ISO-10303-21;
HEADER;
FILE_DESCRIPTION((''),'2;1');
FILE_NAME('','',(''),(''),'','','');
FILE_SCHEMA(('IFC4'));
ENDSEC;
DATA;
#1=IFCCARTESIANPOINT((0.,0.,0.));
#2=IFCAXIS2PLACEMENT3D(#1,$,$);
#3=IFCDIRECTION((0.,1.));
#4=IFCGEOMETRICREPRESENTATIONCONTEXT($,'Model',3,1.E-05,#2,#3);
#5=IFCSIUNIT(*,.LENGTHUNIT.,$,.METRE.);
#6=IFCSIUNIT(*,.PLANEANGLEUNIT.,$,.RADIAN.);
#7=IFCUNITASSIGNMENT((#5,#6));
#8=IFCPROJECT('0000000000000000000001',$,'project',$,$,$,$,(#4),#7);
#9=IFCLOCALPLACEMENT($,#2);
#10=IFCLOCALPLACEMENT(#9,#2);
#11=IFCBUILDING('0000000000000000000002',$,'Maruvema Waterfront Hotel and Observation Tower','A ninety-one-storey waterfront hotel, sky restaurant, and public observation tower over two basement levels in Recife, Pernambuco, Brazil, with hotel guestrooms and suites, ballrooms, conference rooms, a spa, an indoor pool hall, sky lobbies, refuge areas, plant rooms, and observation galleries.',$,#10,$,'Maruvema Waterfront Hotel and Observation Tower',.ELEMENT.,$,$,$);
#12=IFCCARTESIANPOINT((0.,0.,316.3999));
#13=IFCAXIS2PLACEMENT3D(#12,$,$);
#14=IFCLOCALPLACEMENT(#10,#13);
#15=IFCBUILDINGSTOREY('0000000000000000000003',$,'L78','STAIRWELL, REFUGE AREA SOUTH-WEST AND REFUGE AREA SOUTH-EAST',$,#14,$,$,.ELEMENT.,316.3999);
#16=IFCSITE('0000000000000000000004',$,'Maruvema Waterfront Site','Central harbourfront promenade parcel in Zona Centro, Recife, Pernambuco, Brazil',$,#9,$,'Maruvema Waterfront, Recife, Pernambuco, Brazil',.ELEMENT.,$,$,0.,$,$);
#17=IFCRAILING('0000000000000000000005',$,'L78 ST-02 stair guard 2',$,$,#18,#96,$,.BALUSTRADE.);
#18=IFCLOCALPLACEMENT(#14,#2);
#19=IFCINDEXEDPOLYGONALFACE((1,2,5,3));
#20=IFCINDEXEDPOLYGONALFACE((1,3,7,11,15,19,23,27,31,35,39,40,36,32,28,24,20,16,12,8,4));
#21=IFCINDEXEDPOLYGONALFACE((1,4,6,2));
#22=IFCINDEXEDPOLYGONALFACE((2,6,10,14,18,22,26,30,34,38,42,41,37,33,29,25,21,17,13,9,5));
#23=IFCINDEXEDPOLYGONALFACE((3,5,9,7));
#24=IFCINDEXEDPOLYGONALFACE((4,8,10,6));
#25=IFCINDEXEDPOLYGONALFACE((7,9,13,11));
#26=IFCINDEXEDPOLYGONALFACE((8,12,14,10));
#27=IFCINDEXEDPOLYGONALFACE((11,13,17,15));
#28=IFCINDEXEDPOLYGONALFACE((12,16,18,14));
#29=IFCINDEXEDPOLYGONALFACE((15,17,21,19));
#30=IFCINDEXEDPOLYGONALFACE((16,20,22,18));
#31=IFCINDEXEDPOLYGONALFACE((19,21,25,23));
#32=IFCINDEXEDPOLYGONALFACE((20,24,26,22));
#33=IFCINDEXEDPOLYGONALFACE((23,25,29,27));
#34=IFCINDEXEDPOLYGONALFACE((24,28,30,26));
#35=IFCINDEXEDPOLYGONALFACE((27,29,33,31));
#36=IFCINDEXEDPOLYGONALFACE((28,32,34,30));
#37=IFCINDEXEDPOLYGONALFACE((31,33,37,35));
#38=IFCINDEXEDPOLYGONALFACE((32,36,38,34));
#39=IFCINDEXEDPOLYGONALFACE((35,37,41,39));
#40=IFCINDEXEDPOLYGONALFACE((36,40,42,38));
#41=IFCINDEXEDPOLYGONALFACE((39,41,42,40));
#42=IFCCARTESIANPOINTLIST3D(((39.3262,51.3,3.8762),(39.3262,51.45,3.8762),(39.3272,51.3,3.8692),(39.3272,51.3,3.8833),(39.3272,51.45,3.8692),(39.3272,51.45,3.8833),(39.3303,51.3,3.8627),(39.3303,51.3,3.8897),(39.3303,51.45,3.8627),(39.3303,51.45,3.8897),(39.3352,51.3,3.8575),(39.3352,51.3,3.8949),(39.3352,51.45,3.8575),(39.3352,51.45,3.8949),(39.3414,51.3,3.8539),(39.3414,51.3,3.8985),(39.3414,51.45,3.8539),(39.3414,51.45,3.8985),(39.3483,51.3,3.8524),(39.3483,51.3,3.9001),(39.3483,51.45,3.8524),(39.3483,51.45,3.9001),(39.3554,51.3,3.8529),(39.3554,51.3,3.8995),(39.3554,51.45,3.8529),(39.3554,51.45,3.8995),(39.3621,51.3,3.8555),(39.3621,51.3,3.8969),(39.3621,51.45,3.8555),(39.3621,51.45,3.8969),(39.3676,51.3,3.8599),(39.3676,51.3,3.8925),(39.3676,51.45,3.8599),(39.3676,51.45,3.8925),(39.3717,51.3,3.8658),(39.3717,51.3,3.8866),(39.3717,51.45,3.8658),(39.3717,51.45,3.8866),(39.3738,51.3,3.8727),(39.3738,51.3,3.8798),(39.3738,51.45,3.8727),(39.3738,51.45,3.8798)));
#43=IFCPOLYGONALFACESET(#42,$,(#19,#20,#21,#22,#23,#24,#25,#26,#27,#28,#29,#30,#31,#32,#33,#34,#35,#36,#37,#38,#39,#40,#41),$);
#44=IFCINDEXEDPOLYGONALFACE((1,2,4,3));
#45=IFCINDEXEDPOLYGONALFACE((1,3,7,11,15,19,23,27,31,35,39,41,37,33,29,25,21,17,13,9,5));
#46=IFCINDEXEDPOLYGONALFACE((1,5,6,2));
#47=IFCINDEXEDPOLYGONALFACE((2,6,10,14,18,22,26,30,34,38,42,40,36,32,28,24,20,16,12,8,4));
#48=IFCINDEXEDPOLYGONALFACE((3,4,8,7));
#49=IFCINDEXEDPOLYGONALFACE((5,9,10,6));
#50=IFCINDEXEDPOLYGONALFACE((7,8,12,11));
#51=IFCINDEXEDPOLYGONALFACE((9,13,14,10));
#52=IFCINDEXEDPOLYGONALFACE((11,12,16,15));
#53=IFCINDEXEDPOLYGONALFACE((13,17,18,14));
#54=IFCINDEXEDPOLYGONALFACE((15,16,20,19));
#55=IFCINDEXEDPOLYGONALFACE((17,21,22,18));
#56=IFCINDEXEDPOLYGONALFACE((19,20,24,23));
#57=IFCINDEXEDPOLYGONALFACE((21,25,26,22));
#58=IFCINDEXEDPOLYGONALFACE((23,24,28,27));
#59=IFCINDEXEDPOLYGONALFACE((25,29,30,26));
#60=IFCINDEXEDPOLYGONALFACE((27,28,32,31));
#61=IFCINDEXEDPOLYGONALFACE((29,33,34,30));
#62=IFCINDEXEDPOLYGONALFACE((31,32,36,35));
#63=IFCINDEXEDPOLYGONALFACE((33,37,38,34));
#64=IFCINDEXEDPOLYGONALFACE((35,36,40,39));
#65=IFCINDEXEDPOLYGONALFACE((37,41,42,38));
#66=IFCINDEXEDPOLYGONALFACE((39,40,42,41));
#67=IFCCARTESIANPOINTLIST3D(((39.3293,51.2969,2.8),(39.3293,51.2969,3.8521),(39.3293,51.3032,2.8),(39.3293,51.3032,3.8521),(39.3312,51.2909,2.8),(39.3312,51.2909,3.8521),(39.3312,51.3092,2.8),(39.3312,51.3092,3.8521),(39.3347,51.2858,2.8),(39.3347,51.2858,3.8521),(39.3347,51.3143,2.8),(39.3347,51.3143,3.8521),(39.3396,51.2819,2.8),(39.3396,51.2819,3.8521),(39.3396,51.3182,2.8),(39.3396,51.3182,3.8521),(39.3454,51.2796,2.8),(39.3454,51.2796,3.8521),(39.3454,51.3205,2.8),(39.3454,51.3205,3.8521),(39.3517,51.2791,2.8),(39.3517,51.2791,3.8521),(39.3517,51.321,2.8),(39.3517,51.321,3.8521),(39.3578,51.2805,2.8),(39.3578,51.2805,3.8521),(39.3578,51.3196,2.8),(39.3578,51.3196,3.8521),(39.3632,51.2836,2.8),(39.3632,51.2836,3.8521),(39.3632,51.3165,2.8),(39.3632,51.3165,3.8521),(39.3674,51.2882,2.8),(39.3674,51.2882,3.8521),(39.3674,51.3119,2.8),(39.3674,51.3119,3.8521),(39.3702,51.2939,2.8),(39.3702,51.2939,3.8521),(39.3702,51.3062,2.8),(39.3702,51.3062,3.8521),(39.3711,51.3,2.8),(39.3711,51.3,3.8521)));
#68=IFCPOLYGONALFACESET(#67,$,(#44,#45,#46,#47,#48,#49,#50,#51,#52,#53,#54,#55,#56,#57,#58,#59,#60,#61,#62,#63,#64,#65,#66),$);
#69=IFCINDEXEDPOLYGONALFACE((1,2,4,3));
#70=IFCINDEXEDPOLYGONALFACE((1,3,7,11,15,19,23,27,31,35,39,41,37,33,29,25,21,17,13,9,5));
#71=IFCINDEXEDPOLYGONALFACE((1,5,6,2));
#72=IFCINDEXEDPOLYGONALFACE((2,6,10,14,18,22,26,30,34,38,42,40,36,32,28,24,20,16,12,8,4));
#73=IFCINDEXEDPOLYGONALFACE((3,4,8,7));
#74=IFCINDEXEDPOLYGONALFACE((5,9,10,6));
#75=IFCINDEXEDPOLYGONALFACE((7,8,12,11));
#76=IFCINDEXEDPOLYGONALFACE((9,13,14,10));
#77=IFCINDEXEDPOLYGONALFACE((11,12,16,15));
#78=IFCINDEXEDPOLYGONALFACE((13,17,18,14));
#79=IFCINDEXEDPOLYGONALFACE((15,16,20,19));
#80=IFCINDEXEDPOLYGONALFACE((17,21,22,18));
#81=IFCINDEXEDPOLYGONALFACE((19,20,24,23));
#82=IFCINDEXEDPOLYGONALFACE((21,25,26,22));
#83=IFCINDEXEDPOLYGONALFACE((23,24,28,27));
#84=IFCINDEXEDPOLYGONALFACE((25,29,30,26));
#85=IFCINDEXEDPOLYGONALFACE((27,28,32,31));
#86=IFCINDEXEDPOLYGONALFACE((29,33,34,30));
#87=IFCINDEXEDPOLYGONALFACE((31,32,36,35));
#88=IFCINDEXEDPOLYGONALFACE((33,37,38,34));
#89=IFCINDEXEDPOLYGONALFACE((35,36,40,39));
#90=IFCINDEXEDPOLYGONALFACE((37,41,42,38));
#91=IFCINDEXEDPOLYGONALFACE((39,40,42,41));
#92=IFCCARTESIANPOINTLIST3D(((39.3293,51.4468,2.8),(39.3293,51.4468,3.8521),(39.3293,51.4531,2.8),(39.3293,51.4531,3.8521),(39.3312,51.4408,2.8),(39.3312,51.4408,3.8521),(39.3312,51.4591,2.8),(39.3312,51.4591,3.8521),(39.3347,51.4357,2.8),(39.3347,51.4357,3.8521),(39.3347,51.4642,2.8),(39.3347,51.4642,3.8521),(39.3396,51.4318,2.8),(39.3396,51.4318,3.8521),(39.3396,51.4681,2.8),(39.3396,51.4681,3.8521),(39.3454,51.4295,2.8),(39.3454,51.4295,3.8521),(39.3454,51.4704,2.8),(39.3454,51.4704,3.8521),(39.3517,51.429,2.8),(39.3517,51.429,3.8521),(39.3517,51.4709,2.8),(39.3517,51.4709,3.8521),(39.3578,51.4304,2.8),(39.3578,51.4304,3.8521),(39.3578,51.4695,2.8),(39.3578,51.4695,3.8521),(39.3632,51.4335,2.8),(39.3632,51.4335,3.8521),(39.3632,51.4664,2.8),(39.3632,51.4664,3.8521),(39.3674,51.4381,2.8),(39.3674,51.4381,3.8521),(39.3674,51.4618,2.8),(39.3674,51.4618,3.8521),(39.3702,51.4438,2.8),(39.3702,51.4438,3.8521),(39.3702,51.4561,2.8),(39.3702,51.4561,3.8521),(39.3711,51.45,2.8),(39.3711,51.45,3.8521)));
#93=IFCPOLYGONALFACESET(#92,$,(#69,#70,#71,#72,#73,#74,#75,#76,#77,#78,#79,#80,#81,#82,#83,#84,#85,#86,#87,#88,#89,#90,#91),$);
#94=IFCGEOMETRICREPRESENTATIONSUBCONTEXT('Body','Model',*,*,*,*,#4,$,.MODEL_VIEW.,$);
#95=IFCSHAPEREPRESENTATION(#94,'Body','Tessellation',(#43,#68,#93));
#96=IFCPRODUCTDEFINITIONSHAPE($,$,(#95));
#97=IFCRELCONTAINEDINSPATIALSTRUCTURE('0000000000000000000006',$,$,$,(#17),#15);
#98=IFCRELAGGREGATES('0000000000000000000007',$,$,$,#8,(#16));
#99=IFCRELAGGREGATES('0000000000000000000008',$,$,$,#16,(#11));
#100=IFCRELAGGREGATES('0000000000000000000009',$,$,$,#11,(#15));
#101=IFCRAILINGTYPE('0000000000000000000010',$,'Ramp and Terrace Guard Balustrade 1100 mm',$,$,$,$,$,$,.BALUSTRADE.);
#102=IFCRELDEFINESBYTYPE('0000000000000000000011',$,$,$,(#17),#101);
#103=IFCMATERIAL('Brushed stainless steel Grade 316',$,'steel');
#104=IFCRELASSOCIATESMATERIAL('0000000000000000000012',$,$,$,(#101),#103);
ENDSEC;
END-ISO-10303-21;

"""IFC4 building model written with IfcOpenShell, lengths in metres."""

from ifc_helpers import new_model, si_unit, direction, frame, origin, origin_2d, place, context, subcontext, project, spatial, circle, extrude, material, type_object, element, save


model = new_model("IFC4")

# Units and contexts
model_context = context("Model", 3, precision=1e-05, world=origin(), true_north=direction((0.0, 1.0)))
body_context = subcontext(model_context, "Body", "Model", "MODEL_VIEW")
ifc_project = project(units=[si_unit("LENGTHUNIT", "METRE"), si_unit("PLANEANGLEUNIT", "RADIAN")], contexts=[model_context])

# Site, building, storey
site_placement = place(None, origin())
site = spatial("IfcSite", under=ifc_project, at=site_placement, Name="Maruvema Waterfront Site", Description="Central harbourfront promenade parcel in Zona Centro, Recife, Pernambuco, Brazil", LongName="Maruvema Waterfront, Recife, Pernambuco, Brazil", CompositionType="ELEMENT", RefElevation=0.0)
building_placement = place(site_placement, origin())
building = spatial("IfcBuilding", under=site, at=building_placement, Name="Maruvema Waterfront Hotel and Observation Tower", Description="A ninety-one-storey waterfront hotel, sky restaurant, and public observation tower over two basement levels in Recife, Pernambuco, Brazil, with hotel guestrooms and suites, ballrooms, conference rooms, a spa, an indoor pool hall, sky lobbies, refuge areas, plant rooms, and observation galleries.", LongName="Maruvema Waterfront Hotel and Observation Tower", CompositionType="ELEMENT")
storey_placement = place(building_placement, frame((0.0, 0.0, 316.3999)))
storey = spatial("IfcBuildingStorey", under=building, at=storey_placement, Name="L78", Description="STAIRWELL, REFUGE AREA SOUTH-WEST AND REFUGE AREA SOUTH-EAST", CompositionType="ELEMENT", Elevation=316.3999)

# Railing
ifc_material_1 = material(Name="Brushed stainless steel Grade 316", Category="steel")
railing_type_1 = type_object("IfcRailingType", Name="Ramp and Terrace Guard Balustrade 1100 mm", PredefinedType="BALUSTRADE", material=ifc_material_1)
railing_1_placement = place(storey_placement, frame((39.3501, 51.3, 2.8)))
element("IfcRailing", 1, at=railing_1_placement, inside=storey, type_object=railing_type_1, Name="L78 ST-02 stair guard 2", PredefinedType="BALUSTRADE", context=body_context, shape_type="SweptSolid", body=[
    extrude(circle(Radius=0.0239, at=origin_2d()), frame((0.0, 0.0, 1.0762), z_axis=(0.0, 1.0, 0.0), x_axis=(-1.0, 0.0, 0.0)), (0.0, 0.0, 1.0), 0.1499),
    extrude(circle(Radius=0.021, at=origin_2d()), origin(), (0.0, 0.0, 1.0), 1.052),
    extrude(circle(Radius=0.021, at=origin_2d()), frame((0.0, 0.1499, 0.0)), (0.0, 0.0, 1.0), 1.052),
])

save(model, "model.ifc")
